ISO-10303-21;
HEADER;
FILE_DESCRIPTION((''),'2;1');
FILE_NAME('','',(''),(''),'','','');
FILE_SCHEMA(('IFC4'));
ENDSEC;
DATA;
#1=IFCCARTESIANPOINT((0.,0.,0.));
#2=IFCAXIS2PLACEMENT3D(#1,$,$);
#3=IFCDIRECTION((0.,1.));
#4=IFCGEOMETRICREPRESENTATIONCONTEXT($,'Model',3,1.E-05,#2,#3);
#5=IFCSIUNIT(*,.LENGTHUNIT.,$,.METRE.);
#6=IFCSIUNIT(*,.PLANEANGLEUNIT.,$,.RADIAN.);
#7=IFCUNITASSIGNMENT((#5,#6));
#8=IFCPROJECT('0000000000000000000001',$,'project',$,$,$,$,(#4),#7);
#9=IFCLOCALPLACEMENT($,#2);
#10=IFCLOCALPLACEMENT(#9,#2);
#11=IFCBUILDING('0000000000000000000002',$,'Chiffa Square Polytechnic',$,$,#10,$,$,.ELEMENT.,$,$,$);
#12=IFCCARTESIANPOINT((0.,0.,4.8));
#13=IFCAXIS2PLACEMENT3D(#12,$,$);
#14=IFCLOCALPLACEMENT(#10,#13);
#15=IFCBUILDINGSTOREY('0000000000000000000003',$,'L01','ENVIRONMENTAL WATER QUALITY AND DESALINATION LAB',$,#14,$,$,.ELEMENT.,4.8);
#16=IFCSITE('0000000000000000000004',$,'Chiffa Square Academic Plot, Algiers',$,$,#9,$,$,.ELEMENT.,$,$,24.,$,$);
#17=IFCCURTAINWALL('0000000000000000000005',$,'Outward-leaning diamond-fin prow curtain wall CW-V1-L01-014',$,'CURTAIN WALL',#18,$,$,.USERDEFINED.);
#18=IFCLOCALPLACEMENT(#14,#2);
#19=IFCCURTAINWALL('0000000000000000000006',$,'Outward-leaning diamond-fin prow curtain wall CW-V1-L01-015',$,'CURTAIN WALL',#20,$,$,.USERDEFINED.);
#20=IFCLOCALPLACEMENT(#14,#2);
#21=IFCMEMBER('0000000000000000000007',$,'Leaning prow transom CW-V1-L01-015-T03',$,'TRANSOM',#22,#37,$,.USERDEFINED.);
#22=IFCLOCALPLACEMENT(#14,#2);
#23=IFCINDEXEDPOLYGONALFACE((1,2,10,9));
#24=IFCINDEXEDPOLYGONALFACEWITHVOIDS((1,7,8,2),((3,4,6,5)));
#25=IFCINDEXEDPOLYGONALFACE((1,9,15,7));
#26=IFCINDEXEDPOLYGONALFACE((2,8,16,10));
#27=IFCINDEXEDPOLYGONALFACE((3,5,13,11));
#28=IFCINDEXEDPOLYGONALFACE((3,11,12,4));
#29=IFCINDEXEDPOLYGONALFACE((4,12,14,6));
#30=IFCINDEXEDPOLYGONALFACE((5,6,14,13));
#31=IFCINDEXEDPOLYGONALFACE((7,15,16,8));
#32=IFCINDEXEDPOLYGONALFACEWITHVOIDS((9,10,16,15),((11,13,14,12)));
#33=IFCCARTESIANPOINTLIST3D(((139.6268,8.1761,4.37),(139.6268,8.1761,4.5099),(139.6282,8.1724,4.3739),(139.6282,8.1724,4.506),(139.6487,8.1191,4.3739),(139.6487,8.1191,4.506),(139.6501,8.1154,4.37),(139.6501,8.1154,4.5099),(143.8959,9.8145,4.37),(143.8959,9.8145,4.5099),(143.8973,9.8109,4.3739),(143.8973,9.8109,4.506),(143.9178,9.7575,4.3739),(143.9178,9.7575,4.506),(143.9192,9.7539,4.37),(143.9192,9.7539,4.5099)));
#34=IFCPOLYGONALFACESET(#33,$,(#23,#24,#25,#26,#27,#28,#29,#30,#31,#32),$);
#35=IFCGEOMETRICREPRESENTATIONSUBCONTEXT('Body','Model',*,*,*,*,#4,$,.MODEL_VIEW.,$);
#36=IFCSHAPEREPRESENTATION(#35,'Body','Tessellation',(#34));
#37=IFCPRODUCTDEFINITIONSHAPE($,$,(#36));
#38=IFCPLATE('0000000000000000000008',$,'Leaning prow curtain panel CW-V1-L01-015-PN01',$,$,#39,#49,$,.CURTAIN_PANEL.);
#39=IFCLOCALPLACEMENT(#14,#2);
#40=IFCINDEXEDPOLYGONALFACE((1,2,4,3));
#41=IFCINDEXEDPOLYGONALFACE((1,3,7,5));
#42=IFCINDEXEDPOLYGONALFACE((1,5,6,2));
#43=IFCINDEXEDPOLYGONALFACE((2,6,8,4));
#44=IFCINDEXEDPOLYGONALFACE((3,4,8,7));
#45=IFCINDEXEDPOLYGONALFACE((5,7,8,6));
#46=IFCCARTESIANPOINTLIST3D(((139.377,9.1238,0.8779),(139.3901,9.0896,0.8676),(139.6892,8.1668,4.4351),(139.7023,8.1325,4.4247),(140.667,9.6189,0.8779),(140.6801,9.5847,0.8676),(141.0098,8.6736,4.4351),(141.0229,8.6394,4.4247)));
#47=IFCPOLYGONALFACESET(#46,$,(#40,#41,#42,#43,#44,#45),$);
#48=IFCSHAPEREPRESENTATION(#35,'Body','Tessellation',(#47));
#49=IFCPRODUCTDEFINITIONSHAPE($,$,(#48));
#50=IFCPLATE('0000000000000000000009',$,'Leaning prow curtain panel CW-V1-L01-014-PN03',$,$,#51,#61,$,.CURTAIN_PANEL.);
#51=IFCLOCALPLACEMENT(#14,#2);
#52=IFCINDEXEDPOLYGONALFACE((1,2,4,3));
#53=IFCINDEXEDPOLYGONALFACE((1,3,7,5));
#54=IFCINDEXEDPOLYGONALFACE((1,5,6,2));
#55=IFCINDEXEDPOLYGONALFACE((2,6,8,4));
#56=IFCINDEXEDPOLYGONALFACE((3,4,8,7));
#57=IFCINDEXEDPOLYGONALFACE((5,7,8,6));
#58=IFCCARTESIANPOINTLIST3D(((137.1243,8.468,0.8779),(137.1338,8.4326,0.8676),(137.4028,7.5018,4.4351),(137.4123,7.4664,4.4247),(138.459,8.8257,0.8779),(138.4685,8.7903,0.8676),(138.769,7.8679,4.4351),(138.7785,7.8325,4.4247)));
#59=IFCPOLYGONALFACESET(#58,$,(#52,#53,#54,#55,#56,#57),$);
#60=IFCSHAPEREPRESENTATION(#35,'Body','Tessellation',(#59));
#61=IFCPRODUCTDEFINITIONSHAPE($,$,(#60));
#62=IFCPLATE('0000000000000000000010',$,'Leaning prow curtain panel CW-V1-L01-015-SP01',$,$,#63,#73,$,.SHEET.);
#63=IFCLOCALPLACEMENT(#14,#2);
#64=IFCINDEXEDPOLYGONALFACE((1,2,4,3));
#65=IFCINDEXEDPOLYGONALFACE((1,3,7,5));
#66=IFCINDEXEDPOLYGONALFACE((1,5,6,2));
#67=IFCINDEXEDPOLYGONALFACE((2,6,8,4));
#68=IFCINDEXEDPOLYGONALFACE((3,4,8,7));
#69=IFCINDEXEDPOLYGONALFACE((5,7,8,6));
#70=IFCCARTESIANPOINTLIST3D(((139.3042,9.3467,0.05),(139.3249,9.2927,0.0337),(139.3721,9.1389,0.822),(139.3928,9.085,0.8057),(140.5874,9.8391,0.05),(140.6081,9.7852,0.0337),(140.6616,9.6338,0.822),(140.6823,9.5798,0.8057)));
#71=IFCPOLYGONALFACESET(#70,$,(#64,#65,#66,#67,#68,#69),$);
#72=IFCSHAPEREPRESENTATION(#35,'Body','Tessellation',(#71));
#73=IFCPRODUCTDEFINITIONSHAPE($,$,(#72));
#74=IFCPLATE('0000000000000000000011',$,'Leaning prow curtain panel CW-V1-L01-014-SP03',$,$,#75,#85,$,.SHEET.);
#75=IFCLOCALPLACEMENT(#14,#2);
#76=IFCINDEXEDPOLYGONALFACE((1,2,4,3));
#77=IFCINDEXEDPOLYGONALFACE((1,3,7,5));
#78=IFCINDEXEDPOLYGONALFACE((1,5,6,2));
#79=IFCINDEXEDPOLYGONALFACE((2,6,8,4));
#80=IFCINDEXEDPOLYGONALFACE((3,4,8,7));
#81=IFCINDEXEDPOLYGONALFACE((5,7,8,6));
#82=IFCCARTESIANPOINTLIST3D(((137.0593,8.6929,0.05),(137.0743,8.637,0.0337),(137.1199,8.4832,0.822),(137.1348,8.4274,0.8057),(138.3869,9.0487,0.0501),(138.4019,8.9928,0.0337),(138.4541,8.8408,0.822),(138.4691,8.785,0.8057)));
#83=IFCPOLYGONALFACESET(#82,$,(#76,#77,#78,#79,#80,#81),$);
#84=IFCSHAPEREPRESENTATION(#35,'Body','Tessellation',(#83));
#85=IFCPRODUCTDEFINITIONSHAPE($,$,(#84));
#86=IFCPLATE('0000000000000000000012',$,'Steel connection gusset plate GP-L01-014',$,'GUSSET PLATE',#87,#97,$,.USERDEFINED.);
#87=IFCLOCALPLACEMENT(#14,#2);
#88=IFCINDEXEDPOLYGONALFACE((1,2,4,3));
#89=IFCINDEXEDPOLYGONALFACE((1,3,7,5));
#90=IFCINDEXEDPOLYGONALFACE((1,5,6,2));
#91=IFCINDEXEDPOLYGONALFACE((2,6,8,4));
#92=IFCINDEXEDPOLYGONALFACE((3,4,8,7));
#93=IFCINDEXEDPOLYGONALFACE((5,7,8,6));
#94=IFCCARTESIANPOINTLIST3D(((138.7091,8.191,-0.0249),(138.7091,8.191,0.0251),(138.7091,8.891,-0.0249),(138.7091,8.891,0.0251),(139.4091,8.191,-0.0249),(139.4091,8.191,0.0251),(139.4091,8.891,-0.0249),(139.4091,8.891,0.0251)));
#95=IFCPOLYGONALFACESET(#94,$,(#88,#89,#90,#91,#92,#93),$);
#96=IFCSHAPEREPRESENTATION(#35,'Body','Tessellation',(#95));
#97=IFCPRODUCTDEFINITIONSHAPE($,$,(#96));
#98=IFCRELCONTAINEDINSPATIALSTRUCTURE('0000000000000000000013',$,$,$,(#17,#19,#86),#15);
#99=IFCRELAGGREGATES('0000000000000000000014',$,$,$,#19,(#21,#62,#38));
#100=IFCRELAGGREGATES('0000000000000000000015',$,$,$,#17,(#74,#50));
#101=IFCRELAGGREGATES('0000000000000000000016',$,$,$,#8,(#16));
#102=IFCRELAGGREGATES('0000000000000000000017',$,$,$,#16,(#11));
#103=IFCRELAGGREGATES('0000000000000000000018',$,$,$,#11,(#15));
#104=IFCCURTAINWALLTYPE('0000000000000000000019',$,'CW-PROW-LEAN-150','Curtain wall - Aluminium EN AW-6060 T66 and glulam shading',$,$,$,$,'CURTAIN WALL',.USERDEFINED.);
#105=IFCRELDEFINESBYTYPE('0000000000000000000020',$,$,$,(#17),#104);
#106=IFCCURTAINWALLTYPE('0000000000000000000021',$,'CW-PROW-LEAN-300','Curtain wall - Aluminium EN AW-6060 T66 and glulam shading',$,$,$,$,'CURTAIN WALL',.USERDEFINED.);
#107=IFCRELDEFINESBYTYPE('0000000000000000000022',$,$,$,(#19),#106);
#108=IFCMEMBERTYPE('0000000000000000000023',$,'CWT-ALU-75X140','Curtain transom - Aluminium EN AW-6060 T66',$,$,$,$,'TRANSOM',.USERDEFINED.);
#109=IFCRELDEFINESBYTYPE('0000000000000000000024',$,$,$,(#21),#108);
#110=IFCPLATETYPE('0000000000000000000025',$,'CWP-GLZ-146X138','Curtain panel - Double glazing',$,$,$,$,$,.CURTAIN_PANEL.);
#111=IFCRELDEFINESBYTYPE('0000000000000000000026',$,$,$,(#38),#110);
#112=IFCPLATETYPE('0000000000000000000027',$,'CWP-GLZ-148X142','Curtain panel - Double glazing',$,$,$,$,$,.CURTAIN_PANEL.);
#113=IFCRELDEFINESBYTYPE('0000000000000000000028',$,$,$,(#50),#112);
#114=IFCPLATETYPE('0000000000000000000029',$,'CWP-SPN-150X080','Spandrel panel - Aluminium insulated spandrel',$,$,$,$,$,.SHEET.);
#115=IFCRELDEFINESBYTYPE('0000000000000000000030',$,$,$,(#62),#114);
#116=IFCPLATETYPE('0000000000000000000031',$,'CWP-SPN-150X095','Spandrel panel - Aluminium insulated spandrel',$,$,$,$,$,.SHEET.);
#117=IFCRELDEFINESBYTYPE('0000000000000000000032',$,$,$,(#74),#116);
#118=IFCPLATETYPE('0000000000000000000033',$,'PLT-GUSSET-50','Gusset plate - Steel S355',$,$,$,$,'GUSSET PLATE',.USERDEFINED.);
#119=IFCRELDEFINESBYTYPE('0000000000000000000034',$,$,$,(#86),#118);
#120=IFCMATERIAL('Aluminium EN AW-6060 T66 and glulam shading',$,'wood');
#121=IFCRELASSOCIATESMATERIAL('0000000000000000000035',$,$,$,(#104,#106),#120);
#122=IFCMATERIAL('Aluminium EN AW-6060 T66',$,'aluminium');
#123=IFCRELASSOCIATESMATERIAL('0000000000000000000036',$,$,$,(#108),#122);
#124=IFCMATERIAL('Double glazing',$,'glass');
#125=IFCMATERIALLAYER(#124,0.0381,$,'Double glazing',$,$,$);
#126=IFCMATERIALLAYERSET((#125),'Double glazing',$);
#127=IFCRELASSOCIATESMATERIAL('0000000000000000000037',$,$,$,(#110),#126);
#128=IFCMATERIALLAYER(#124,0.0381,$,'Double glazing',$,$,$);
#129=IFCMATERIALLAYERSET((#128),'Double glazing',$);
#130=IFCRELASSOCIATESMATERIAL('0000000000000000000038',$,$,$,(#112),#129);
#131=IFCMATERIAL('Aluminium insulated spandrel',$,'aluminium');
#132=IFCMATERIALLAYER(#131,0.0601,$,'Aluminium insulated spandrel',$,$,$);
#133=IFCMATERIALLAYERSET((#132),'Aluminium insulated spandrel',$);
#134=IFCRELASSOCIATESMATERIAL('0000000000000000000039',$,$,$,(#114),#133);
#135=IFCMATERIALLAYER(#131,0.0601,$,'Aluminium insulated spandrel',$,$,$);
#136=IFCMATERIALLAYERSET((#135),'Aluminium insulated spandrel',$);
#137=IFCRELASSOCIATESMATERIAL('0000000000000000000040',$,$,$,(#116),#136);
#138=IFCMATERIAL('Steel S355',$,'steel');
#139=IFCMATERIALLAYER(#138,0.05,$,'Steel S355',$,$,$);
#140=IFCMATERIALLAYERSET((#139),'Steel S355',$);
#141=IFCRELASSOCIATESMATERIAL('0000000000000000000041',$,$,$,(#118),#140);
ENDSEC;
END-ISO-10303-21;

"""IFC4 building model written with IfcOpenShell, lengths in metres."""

from ifc_helpers import new_model, si_unit, direction, frame, origin, origin_2d, place, context, subcontext, project, spatial, polyline, rectangle, hollow_rectangle, outline, extrude, material, layer, layer_set, material_profile, profile_set, type_object, element, aggregate, save


model = new_model("IFC4")

# Units and contexts
model_context = context("Model", 3, precision=1e-05, world=origin(), true_north=direction((0.0, 1.0)))
body_context = subcontext(model_context, "Body", "Model", "MODEL_VIEW")
ifc_project = project(units=[si_unit("LENGTHUNIT", "METRE"), si_unit("PLANEANGLEUNIT", "RADIAN")], contexts=[model_context])

# Site, building, storey
site_placement = place(None, origin())
site = spatial("IfcSite", under=ifc_project, at=site_placement, Name="Chiffa Square Academic Plot, Algiers", CompositionType="ELEMENT", RefElevation=24.0)
building_placement = place(site_placement, origin())
building = spatial("IfcBuilding", under=site, at=building_placement, Name="Chiffa Square Polytechnic", CompositionType="ELEMENT")
storey_placement = place(building_placement, frame((0.0, 0.0, 4.8)))
storey = spatial("IfcBuildingStorey", under=building, at=storey_placement, Name="L01", Description="ENVIRONMENTAL WATER QUALITY AND DESALINATION LAB", CompositionType="ELEMENT", Elevation=4.8)

# Shared definitions
ifc_material_1 = material(Name="Steel S355", Category="steel")

# Curtain walls
ifc_material_2 = material(Name="Aluminium EN AW-6060 T66 and glulam shading", Category="wood")
curtain_wall_type_1 = type_object("IfcCurtainWallType", Name="CW-PROW-LEAN-150", Description="Curtain wall - Aluminium EN AW-6060 T66 and glulam shading", ElementType="CURTAIN WALL", PredefinedType="USERDEFINED", material=ifc_material_2)
curtain_wall_1_placement = place(storey_placement, origin())
curtain_wall_1 = element("IfcCurtainWall", 1, at=curtain_wall_1_placement, inside=storey, type_object=curtain_wall_type_1, Name="Outward-leaning diamond-fin prow curtain wall CW-V1-L01-014", ObjectType="CURTAIN WALL", PredefinedType="USERDEFINED")
ifc_material_3 = material(Name="Aluminium EN AW-6060 T66", Category="aluminium")
curtain_wall_type_2 = type_object("IfcCurtainWallType", Name="CW-PROW-LEAN-300", Description="Curtain wall - Aluminium EN AW-6060 T66 and glulam shading", ElementType="CURTAIN WALL", PredefinedType="USERDEFINED", material=ifc_material_2)
curtain_wall_2_placement = place(storey_placement, origin())
curtain_wall_2 = element("IfcCurtainWall", 2, at=curtain_wall_2_placement, inside=storey, type_object=curtain_wall_type_2, Name="Outward-leaning diamond-fin prow curtain wall CW-V1-L01-015", ObjectType="CURTAIN WALL", PredefinedType="USERDEFINED")

# Member
ifc_material_profile_1 = material_profile(ifc_material_3, hollow_rectangle(XDim=0.0649, YDim=0.1399, WallThickness=0.0039, at=origin_2d()), Name="ALU 65x140x4")
ifc_profile_set_1 = profile_set([ifc_material_profile_1], Name="Aluminium EN AW-6060 T66")
member_type_1 = type_object("IfcMemberType", Name="CWT-ALU-75X140", Description="Curtain transom - Aluminium EN AW-6060 T66", ElementType="TRANSOM", PredefinedType="USERDEFINED", material=ifc_profile_set_1)
member_1_placement = place(storey_placement, frame((139.6384, 8.1458, 4.4399), z_axis=(0.933603, 0.35831, 0.0), x_axis=(-0.35831, 0.933603, 0.0)))
member_1 = element("IfcMember", 3, at=member_1_placement, type_object=member_type_1, Name="Leaning prow transom CW-V1-L01-015-T03", ObjectType="TRANSOM", PredefinedType="USERDEFINED", context=body_context, shape_type="SweptSolid", body=[
    extrude(hollow_rectangle(XDim=0.0649, YDim=0.1399, WallThickness=0.0039, at=origin_2d()), origin(), (0.0, 0.0, 1.0), 4.5728),
])

# Plates
ifc_material_4 = material(Name="Double glazing", Category="glass")
ifc_layer_1 = layer(ifc_material_4, 0.0381, Name="Double glazing")
ifc_layer_set_1 = layer_set([ifc_layer_1], Name="Double glazing")
plate_type_1 = type_object("IfcPlateType", Name="CWP-GLZ-146X138", Description="Curtain panel - Double glazing", PredefinedType="CURTAIN_PANEL", material=ifc_layer_set_1)
plate_1_placement = place(storey_placement, frame((139.377, 9.1238, 0.8779), z_axis=(-0.34481, 0.898406, 0.27198), x_axis=(0.9336, 0.358318, 0.000001)))
plate_1 = element("IfcPlate", 4, at=plate_1_placement, type_object=plate_type_1, Name="Leaning prow curtain panel CW-V1-L01-015-PN01", PredefinedType="CURTAIN_PANEL", context=body_context, shape_type="SweptSolid", body=[
    extrude(outline(polyline([(0.0, 0.0), (1.3818, 0.0), (1.3631, -3.6965), (-0.0514, -3.6965), (0.0, 0.0)])), origin(), (0.0, 0.0, -1.0), 0.0381),
])
ifc_layer_2 = layer(ifc_material_4, 0.0381, Name="Double glazing")
ifc_layer_set_2 = layer_set([ifc_layer_2], Name="Double glazing")
plate_type_2 = type_object("IfcPlateType", Name="CWP-GLZ-148X142", Description="Curtain panel - Double glazing", PredefinedType="CURTAIN_PANEL", material=ifc_layer_set_2)
plate_2_placement = place(storey_placement, frame((137.1243, 8.468, 0.8779), z_axis=(-0.249114, 0.929495, 0.271996), x_axis=(0.965912, 0.258872, 0.00001)))
plate_2 = element("IfcPlate", 5, at=plate_2_placement, type_object=plate_type_2, Name="Leaning prow curtain panel CW-V1-L01-014-PN03", PredefinedType="CURTAIN_PANEL", context=body_context, shape_type="SweptSolid", body=[
    extrude(outline(polyline([(0.0, 0.0), (1.3818, 0.0), (1.4334, -3.6965), (0.019, -3.6965), (0.0, 0.0)])), origin(), (0.0, 0.0, -1.0), 0.0381),
])
ifc_material_5 = material(Name="Aluminium insulated spandrel", Category="aluminium")
ifc_layer_3 = layer(ifc_material_5, 0.0601, Name="Aluminium insulated spandrel")
ifc_layer_set_3 = layer_set([ifc_layer_3], Name="Aluminium insulated spandrel")
plate_type_3 = type_object("IfcPlateType", Name="CWP-SPN-150X080", Description="Spandrel panel - Aluminium insulated spandrel", PredefinedType="SHEET", material=ifc_layer_set_3)
plate_3_placement = place(storey_placement, frame((139.3042, 9.3467, 0.05), z_axis=(-0.344761, 0.89839, 0.272095), x_axis=(0.933615, 0.358278, 0.0)))
plate_3 = element("IfcPlate", 6, at=plate_3_placement, type_object=plate_type_3, Name="Leaning prow curtain panel CW-V1-L01-015-SP01", PredefinedType="SHEET", context=body_context, shape_type="SweptSolid", body=[
    extrude(outline(polyline([(0.0, 0.0), (1.3744, 0.0), (1.3702, -0.8022), (-0.0111, -0.8022), (0.0, 0.0)])), origin(), (0.0, 0.0, -1.0), 0.0601),
])
aggregate(curtain_wall_2, [member_1, plate_3, plate_1])
ifc_layer_4 = layer(ifc_material_5, 0.0601, Name="Aluminium insulated spandrel")
ifc_layer_set_4 = layer_set([ifc_layer_4], Name="Aluminium insulated spandrel")
plate_type_4 = type_object("IfcPlateType", Name="CWP-SPN-150X095", Description="Spandrel panel - Aluminium insulated spandrel", PredefinedType="SHEET", material=ifc_layer_set_4)
plate_4_placement = place(storey_placement, frame((137.0593, 8.6929, 0.05), z_axis=(-0.249109, 0.929512, 0.27194), x_axis=(0.965915, 0.25886, 0.000017)))
plate_4 = element("IfcPlate", 7, at=plate_4_placement, type_object=plate_type_4, Name="Leaning prow curtain panel CW-V1-L01-014-SP03", PredefinedType="SHEET", context=body_context, shape_type="SweptSolid", body=[
    extrude(outline(polyline([(0.0, 0.0), (1.3745, 0.0), (1.3855, -0.8022), (0.0042, -0.8022), (0.0, 0.0)])), origin(), (0.0, 0.0, -1.0), 0.0601),
])
aggregate(curtain_wall_1, [plate_4, plate_2])
ifc_layer_5 = layer(ifc_material_1, 0.05, Name="Steel S355")
ifc_layer_set_5 = layer_set([ifc_layer_5], Name="Steel S355")
plate_type_5 = type_object("IfcPlateType", Name="PLT-GUSSET-50", Description="Gusset plate - Steel S355", ElementType="GUSSET PLATE", PredefinedType="USERDEFINED", material=ifc_layer_set_5)
plate_5_placement = place(storey_placement, frame((139.0591, 8.541, -0.0249), z_axis=(0.0, 0.0, 1.0), x_axis=(1.0, 0.0, 0.0)))
element("IfcPlate", 8, at=plate_5_placement, inside=storey, type_object=plate_type_5, Name="Steel connection gusset plate GP-L01-014", ObjectType="GUSSET PLATE", PredefinedType="USERDEFINED", context=body_context, shape_type="SweptSolid", body=[
    extrude(rectangle(XDim=0.7, YDim=0.7, at=origin_2d()), origin(), (0.0, 0.0, 1.0), 0.05),
])

save(model, "model.ifc")
